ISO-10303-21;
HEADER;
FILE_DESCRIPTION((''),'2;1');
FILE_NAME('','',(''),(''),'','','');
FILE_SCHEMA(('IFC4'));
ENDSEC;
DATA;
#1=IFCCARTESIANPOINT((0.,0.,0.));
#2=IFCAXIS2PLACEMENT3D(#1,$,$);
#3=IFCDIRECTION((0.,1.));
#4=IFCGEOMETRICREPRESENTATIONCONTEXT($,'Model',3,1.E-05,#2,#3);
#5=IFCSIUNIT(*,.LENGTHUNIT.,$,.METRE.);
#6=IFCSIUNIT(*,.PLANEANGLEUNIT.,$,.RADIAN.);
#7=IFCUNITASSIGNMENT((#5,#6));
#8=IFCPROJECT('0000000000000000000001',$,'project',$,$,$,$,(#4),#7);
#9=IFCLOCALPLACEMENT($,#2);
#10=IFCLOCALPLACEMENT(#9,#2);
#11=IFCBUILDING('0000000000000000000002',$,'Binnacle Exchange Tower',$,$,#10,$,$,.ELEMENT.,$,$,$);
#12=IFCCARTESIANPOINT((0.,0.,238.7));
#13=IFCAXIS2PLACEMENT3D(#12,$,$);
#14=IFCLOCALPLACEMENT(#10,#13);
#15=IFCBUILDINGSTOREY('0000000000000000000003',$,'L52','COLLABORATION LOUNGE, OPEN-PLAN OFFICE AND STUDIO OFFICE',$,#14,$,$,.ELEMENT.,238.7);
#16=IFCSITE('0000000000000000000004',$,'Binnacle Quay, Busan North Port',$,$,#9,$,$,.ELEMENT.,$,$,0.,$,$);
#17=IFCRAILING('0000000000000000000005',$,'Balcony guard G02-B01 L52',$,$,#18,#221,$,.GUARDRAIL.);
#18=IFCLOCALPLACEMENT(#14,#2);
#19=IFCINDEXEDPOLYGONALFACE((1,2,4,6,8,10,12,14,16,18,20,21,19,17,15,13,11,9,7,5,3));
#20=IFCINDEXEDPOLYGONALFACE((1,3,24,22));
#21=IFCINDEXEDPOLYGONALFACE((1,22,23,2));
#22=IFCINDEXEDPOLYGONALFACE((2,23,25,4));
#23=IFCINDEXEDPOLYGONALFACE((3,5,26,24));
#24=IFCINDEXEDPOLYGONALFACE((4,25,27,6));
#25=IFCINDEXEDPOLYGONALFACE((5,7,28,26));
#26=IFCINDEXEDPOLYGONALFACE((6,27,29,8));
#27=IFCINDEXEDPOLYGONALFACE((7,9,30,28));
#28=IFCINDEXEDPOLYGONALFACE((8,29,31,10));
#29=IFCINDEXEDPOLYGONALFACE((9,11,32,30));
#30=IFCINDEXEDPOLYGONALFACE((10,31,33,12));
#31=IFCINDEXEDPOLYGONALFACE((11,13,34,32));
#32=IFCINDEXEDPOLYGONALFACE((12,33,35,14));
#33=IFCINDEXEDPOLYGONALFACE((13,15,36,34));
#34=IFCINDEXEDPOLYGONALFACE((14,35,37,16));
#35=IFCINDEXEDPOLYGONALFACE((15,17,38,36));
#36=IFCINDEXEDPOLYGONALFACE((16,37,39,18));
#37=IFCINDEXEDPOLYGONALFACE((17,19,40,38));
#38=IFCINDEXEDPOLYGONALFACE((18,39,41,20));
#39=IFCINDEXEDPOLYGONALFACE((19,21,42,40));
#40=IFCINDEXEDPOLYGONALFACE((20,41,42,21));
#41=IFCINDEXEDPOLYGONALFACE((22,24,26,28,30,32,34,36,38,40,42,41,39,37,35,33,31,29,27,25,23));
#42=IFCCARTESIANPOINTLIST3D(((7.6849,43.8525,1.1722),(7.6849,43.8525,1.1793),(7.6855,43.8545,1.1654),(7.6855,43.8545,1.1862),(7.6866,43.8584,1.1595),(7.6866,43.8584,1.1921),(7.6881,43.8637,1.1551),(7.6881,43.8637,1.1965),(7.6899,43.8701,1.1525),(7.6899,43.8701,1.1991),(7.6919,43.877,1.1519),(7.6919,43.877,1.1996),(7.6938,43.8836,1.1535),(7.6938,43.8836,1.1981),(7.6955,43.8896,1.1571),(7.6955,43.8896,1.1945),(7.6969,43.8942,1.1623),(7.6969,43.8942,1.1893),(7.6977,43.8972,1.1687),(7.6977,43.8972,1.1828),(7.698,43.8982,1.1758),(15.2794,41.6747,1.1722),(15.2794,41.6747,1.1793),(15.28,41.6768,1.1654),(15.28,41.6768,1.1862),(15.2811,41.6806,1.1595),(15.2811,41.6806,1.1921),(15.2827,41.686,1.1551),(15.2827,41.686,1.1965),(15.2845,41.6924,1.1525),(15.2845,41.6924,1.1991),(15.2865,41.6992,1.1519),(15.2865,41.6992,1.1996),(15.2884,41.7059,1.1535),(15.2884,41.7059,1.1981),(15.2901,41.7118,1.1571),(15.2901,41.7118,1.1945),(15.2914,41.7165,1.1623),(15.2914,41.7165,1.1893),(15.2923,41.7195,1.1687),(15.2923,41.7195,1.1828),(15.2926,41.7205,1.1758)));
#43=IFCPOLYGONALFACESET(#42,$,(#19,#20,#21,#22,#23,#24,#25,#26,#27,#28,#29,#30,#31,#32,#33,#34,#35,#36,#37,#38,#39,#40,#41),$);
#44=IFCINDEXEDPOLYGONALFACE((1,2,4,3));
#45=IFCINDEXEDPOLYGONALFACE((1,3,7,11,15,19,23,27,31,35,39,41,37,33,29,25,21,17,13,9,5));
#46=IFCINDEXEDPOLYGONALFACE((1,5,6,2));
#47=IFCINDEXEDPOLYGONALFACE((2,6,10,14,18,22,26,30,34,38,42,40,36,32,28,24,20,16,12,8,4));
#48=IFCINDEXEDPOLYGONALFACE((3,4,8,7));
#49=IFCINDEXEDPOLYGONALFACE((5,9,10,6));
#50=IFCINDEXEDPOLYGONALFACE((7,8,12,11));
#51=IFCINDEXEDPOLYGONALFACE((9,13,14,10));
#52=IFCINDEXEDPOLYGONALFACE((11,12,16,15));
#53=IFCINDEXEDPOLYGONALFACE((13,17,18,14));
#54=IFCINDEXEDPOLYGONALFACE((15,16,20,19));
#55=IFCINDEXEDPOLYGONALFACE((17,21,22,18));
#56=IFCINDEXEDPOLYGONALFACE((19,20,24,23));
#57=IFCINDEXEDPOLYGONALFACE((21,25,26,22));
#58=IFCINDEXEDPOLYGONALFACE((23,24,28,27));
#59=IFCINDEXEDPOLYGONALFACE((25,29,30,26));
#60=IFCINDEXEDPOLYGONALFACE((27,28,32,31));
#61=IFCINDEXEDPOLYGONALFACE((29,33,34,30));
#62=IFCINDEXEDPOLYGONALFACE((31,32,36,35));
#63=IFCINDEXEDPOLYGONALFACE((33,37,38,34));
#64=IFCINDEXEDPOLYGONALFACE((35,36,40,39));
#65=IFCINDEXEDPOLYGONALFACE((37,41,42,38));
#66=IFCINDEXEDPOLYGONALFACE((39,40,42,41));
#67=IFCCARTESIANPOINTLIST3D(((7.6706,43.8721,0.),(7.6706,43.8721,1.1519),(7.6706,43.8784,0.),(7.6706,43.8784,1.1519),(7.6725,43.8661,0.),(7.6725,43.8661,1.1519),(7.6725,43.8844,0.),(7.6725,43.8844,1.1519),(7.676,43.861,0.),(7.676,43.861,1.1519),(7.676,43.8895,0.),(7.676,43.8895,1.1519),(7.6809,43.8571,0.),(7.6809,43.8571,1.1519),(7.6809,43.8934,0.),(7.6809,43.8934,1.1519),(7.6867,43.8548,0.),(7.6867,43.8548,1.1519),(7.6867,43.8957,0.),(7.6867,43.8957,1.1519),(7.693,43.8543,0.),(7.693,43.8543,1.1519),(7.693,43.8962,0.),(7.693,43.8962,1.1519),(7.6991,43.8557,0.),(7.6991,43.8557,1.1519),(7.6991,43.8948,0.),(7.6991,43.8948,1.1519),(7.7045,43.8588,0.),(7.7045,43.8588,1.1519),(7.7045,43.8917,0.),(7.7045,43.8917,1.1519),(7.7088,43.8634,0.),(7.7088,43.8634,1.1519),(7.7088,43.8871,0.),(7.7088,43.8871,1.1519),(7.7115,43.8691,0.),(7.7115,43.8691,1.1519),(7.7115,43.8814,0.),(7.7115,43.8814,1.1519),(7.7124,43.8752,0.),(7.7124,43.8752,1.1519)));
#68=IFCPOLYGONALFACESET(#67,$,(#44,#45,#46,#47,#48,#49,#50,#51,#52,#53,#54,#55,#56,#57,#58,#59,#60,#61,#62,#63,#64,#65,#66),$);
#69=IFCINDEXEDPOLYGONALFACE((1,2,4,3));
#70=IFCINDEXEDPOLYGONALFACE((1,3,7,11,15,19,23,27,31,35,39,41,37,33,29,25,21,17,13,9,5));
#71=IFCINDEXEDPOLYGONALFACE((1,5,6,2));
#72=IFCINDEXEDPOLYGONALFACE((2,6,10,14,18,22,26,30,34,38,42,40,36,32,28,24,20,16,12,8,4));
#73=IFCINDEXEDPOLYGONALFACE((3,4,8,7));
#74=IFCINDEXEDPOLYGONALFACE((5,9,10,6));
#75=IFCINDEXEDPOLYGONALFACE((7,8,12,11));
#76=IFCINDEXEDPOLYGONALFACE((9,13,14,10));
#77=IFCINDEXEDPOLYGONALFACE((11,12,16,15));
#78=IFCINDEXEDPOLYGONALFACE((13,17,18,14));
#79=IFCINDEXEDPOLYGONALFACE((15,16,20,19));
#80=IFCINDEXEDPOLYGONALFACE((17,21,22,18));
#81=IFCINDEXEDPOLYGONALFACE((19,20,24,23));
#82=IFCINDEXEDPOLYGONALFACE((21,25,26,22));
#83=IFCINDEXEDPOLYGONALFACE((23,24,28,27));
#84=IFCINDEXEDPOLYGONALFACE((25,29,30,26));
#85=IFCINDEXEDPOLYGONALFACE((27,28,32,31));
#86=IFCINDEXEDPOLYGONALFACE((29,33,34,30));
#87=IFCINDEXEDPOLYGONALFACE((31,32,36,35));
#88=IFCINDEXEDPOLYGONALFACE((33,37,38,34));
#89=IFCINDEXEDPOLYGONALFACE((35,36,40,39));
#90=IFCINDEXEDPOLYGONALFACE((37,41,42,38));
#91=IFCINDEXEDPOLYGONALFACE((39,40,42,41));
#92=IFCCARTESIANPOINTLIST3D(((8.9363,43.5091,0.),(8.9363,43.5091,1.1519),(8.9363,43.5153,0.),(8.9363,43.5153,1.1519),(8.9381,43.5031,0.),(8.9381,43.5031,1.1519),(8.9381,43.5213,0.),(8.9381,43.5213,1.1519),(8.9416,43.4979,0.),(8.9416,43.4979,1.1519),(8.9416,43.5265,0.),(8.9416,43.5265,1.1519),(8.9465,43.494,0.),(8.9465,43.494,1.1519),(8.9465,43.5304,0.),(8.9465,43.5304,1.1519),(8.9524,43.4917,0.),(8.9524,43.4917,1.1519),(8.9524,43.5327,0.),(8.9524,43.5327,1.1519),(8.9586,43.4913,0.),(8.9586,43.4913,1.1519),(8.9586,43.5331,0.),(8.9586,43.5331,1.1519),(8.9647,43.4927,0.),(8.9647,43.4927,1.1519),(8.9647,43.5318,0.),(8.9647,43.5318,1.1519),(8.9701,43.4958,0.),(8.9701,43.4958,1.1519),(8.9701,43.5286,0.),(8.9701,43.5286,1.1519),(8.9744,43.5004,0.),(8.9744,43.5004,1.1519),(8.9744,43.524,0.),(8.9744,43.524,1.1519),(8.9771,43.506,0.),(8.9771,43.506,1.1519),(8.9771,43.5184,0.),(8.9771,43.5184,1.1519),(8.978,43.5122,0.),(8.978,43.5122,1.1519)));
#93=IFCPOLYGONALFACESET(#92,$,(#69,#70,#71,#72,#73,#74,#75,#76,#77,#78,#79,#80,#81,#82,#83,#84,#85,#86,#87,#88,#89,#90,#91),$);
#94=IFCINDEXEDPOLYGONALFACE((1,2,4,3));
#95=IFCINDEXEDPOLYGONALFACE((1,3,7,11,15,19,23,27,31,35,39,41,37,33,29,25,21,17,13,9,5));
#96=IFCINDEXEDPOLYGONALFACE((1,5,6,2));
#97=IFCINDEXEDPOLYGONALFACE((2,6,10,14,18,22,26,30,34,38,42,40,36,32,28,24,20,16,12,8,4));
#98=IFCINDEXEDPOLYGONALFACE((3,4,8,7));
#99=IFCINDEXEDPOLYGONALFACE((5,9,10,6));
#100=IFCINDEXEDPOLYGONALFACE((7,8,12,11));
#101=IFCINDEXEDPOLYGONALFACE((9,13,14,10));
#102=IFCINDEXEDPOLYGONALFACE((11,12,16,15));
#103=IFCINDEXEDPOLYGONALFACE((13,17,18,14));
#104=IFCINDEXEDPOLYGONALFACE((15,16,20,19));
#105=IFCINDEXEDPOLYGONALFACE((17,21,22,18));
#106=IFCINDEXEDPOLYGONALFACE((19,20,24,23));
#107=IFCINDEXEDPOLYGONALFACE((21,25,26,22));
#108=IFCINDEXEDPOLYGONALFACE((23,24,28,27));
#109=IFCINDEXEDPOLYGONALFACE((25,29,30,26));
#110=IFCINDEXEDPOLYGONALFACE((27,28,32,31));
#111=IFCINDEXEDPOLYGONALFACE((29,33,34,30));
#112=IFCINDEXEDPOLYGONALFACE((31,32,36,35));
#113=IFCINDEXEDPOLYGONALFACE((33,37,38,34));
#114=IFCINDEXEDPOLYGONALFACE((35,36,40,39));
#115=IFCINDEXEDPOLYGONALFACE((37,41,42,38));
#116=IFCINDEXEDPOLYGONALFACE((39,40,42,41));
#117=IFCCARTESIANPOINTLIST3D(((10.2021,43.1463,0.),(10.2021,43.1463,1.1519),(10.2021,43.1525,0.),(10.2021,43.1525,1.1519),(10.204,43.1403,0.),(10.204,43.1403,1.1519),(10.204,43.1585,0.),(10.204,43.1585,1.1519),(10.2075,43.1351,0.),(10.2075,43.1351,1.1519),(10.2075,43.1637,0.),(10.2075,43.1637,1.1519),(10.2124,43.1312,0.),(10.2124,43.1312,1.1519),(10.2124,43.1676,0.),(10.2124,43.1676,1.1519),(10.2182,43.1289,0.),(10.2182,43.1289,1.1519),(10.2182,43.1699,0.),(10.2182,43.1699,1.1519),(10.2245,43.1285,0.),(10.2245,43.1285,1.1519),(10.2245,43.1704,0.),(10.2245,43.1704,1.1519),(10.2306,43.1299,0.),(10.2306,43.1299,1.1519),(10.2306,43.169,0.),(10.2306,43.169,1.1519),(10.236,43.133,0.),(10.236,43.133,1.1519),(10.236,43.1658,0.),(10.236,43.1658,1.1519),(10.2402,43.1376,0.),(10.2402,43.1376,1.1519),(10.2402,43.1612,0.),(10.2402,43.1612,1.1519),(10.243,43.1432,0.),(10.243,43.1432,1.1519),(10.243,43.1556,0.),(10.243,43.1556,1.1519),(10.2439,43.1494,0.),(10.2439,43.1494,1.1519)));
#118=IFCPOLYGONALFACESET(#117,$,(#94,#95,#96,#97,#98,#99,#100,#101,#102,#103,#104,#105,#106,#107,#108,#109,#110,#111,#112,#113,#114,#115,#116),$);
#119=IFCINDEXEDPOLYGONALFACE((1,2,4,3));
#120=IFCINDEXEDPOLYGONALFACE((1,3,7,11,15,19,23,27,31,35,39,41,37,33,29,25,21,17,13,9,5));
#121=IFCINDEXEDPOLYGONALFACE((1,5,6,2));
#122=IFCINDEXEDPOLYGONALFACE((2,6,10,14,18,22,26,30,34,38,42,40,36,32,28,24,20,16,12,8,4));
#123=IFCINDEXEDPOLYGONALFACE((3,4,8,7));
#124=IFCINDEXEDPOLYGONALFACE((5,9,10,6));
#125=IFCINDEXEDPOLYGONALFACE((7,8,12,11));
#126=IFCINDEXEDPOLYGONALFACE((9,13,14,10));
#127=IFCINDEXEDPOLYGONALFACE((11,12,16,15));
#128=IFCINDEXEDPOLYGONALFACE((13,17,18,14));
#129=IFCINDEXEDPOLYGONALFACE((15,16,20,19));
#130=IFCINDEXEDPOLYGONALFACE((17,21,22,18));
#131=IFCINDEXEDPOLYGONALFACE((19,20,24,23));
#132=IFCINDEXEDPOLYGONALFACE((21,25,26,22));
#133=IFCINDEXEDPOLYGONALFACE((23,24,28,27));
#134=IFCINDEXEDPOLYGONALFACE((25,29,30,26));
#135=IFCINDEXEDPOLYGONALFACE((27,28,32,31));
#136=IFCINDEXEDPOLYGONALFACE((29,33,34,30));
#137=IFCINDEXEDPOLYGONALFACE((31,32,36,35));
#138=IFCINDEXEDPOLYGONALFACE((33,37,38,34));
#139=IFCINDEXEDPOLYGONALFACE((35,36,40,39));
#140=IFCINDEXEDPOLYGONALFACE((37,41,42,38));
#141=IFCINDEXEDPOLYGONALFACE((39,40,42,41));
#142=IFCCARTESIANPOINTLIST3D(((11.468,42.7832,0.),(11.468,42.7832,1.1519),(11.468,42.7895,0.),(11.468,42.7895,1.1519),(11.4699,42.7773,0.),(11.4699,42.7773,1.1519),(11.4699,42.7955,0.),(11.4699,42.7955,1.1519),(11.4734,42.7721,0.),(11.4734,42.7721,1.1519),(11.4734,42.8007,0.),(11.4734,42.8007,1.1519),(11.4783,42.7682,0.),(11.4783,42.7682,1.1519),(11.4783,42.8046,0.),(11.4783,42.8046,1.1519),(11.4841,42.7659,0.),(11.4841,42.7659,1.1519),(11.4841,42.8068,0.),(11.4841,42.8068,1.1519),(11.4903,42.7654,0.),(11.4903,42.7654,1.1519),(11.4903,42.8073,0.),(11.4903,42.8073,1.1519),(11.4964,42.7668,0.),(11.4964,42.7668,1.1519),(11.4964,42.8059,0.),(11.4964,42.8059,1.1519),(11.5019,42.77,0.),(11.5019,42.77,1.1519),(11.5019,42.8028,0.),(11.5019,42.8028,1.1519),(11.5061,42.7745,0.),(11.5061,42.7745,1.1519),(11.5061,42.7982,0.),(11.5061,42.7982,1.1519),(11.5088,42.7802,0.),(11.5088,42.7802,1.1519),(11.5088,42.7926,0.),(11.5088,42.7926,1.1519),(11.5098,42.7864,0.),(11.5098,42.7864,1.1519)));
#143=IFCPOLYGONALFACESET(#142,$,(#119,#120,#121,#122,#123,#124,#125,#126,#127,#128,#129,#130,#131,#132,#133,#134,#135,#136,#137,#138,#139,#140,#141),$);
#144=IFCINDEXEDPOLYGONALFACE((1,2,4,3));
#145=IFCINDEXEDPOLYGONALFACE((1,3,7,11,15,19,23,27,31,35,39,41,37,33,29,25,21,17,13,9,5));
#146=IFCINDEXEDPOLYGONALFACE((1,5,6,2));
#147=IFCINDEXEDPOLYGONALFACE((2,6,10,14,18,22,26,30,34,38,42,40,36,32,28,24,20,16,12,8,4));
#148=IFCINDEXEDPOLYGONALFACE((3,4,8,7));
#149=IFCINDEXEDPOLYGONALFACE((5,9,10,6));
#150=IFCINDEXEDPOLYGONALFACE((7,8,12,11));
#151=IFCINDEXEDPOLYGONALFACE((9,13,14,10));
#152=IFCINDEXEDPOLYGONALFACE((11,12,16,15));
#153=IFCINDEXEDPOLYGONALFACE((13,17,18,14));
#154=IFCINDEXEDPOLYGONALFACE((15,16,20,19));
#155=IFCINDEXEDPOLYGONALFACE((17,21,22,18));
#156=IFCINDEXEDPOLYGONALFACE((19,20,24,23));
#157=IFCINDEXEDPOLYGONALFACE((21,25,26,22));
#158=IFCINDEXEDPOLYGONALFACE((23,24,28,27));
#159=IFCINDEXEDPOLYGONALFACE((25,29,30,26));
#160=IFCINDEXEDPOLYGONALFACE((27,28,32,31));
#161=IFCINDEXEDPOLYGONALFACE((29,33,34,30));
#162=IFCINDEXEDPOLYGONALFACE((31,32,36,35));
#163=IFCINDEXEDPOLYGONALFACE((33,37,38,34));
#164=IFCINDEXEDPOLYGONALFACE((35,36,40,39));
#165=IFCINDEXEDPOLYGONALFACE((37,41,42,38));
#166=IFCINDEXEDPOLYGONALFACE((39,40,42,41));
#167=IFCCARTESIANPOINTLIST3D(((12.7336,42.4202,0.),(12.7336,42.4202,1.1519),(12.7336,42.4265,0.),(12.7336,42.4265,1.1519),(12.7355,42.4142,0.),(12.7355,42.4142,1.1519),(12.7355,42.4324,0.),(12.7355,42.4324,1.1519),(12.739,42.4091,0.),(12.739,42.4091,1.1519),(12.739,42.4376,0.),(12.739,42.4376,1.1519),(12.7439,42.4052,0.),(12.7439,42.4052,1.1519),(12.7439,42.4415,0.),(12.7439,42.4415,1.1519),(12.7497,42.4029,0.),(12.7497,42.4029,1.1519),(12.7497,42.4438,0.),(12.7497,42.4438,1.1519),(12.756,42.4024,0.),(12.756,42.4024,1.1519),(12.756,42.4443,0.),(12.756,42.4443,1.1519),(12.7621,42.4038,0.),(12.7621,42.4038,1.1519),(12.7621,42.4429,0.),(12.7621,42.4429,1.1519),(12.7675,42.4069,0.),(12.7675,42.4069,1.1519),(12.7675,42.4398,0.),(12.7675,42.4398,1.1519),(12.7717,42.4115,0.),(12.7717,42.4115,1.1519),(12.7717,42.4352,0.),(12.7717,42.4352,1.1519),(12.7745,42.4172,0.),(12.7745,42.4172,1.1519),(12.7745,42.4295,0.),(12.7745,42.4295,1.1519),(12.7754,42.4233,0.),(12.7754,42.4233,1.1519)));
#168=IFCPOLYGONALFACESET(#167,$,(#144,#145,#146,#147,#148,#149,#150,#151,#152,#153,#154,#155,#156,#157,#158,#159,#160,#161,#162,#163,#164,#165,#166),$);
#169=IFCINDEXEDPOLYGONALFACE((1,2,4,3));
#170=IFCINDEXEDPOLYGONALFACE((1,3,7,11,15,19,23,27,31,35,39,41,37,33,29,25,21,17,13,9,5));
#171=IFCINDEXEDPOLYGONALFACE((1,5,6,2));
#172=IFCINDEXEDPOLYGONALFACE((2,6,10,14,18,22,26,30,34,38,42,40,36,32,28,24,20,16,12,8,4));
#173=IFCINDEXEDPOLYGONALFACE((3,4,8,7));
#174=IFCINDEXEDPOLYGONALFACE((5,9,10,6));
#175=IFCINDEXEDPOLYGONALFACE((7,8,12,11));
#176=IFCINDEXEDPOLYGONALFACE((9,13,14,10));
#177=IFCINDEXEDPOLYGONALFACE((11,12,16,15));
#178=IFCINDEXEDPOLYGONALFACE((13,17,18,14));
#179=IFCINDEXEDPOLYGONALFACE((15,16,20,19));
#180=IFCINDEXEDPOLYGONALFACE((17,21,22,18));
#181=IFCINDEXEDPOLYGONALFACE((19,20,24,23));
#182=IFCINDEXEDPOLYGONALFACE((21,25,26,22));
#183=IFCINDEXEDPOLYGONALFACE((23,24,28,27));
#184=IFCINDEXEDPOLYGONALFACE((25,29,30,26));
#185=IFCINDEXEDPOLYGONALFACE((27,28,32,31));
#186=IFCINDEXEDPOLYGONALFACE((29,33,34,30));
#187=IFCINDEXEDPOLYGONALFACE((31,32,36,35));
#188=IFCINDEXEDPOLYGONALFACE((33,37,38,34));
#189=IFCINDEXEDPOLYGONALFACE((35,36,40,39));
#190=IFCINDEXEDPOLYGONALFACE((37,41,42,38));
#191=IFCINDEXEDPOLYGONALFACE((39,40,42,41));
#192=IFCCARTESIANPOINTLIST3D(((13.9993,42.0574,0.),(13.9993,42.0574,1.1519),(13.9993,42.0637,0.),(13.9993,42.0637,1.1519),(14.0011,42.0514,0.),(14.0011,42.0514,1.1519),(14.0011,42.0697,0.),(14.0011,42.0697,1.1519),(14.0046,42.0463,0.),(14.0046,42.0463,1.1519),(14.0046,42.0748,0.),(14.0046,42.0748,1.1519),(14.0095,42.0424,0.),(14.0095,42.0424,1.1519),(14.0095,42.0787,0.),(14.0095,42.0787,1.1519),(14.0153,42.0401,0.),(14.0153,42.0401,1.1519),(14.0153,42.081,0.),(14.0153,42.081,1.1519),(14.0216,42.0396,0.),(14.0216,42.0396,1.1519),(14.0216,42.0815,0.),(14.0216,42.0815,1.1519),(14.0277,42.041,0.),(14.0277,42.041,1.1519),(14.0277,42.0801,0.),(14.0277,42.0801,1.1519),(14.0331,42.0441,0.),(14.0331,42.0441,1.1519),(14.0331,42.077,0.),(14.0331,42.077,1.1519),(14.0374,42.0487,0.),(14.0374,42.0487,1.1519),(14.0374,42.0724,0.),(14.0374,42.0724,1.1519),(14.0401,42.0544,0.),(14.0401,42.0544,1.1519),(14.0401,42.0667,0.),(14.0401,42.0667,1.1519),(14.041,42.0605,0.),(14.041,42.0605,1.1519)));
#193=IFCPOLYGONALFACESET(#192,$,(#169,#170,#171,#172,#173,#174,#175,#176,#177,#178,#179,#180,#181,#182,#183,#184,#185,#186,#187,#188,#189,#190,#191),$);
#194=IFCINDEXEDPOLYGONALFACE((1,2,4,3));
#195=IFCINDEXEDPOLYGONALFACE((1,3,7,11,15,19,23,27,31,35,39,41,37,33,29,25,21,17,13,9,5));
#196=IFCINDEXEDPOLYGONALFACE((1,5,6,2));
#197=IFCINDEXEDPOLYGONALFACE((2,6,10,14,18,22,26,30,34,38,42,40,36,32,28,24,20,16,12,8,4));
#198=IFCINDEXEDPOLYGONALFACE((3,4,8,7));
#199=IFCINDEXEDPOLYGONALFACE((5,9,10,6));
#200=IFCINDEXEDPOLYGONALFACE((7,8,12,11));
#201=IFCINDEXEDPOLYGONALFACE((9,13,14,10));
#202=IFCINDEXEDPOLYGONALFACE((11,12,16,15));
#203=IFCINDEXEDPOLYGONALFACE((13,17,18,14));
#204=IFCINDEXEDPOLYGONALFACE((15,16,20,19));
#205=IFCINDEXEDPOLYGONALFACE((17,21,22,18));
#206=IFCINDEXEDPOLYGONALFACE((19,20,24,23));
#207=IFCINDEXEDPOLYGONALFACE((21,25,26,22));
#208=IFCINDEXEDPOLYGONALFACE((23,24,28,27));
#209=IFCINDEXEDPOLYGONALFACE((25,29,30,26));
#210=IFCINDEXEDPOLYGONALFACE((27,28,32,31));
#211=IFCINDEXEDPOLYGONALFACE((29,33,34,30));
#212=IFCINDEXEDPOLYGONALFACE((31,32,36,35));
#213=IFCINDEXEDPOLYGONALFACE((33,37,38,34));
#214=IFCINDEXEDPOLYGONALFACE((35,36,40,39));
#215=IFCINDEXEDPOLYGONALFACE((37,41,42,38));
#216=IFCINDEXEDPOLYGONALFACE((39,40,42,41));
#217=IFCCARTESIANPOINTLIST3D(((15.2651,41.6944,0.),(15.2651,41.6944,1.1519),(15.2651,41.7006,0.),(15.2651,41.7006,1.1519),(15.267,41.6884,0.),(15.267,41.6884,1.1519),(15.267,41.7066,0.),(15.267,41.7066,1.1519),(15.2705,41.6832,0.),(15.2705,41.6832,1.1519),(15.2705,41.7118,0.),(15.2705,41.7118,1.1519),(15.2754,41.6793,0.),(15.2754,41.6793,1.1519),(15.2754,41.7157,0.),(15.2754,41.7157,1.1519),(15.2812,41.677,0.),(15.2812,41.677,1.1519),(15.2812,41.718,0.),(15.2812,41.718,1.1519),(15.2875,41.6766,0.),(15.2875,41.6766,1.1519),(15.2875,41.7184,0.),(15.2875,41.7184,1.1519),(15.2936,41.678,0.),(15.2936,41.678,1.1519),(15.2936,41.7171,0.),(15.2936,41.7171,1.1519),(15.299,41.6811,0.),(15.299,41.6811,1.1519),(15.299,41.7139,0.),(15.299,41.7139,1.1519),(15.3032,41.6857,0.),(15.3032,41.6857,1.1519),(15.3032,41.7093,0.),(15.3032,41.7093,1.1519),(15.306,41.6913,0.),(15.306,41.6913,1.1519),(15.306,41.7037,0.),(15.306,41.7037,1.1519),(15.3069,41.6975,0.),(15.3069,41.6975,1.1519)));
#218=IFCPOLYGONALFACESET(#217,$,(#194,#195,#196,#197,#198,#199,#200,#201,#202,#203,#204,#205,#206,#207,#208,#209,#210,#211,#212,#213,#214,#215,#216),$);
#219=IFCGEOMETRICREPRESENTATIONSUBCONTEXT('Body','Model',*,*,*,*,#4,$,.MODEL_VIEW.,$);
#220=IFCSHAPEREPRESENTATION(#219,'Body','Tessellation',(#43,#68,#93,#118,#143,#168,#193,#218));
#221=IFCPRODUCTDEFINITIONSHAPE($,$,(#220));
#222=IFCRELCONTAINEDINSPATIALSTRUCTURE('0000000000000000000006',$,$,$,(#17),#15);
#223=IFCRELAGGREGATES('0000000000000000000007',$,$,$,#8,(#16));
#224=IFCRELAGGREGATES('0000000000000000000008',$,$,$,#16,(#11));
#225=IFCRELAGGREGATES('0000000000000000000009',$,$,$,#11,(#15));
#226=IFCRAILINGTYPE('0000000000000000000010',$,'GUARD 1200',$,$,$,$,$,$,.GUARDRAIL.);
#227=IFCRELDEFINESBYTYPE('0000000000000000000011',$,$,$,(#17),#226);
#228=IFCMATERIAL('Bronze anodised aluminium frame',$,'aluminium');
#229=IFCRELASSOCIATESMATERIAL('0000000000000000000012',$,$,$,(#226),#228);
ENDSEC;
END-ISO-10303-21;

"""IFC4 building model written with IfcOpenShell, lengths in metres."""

from ifc_helpers import new_model, si_unit, direction, frame, origin, origin_2d, place, context, subcontext, project, spatial, circle, extrude, material, type_object, element, save


model = new_model("IFC4")

# Units and contexts
model_context = context("Model", 3, precision=1e-05, world=origin(), true_north=direction((0.0, 1.0)))
body_context = subcontext(model_context, "Body", "Model", "MODEL_VIEW")
ifc_project = project(units=[si_unit("LENGTHUNIT", "METRE"), si_unit("PLANEANGLEUNIT", "RADIAN")], contexts=[model_context])

# Site, building, storey
site_placement = place(None, origin())
site = spatial("IfcSite", under=ifc_project, at=site_placement, Name="Binnacle Quay, Busan North Port", CompositionType="ELEMENT", RefElevation=0.0)
building_placement = place(site_placement, origin())
building = spatial("IfcBuilding", under=site, at=building_placement, Name="Binnacle Exchange Tower", CompositionType="ELEMENT")
storey_placement = place(building_placement, frame((0.0, 0.0, 238.7)))
storey = spatial("IfcBuildingStorey", under=building, at=storey_placement, Name="L52", Description="COLLABORATION LOUNGE, OPEN-PLAN OFFICE AND STUDIO OFFICE", CompositionType="ELEMENT", Elevation=238.7)

# Shared definitions
ifc_material_1 = material(Name="Bronze anodised aluminium frame", Category="aluminium")

# Railing
railing_type = type_object("IfcRailingType", Name="GUARD 1200", PredefinedType="GUARDRAIL", material=ifc_material_1)
railing_1_placement = place(storey_placement, frame((7.6914, 43.8752, 0.0)))
element("IfcRailing", 1, at=railing_1_placement, inside=storey, type_object=railing_type, Name="Balcony guard G02-B01 L52", PredefinedType="GUARDRAIL", context=body_context, shape_type="SweptSolid", body=[
    extrude(circle(Radius=0.0239, at=origin_2d()), frame((0.0, 0.0, 1.1758), z_axis=(0.96126, -0.275643, 0.0), x_axis=(0.275643, 0.96126, 0.0)), (0.0, 0.0, 1.0), 7.9006),
    extrude(circle(Radius=0.021, at=origin_2d()), origin(), (0.0, 0.0, 1.0), 1.1519),
    extrude(circle(Radius=0.021, at=origin_2d()), frame((1.2656, -0.363, 0.0)), (0.0, 0.0, 1.0), 1.1519),
    extrude(circle(Radius=0.021, at=origin_2d()), frame((2.5315, -0.7258, 0.0)), (0.0, 0.0, 1.0), 1.1519),
    extrude(circle(Radius=0.021, at=origin_2d()), frame((3.7974, -1.0889, 0.0)), (0.0, 0.0, 1.0), 1.1519),
    extrude(circle(Radius=0.021, at=origin_2d()), frame((5.063, -1.4519, 0.0)), (0.0, 0.0, 1.0), 1.1519),
    extrude(circle(Radius=0.021, at=origin_2d()), frame((6.3286, -1.8147, 0.0)), (0.0, 0.0, 1.0), 1.1519),
    extrude(circle(Radius=0.021, at=origin_2d()), frame((7.5945, -2.1777, 0.0)), (0.0, 0.0, 1.0), 1.1519),
])

save(model, "model.ifc")
